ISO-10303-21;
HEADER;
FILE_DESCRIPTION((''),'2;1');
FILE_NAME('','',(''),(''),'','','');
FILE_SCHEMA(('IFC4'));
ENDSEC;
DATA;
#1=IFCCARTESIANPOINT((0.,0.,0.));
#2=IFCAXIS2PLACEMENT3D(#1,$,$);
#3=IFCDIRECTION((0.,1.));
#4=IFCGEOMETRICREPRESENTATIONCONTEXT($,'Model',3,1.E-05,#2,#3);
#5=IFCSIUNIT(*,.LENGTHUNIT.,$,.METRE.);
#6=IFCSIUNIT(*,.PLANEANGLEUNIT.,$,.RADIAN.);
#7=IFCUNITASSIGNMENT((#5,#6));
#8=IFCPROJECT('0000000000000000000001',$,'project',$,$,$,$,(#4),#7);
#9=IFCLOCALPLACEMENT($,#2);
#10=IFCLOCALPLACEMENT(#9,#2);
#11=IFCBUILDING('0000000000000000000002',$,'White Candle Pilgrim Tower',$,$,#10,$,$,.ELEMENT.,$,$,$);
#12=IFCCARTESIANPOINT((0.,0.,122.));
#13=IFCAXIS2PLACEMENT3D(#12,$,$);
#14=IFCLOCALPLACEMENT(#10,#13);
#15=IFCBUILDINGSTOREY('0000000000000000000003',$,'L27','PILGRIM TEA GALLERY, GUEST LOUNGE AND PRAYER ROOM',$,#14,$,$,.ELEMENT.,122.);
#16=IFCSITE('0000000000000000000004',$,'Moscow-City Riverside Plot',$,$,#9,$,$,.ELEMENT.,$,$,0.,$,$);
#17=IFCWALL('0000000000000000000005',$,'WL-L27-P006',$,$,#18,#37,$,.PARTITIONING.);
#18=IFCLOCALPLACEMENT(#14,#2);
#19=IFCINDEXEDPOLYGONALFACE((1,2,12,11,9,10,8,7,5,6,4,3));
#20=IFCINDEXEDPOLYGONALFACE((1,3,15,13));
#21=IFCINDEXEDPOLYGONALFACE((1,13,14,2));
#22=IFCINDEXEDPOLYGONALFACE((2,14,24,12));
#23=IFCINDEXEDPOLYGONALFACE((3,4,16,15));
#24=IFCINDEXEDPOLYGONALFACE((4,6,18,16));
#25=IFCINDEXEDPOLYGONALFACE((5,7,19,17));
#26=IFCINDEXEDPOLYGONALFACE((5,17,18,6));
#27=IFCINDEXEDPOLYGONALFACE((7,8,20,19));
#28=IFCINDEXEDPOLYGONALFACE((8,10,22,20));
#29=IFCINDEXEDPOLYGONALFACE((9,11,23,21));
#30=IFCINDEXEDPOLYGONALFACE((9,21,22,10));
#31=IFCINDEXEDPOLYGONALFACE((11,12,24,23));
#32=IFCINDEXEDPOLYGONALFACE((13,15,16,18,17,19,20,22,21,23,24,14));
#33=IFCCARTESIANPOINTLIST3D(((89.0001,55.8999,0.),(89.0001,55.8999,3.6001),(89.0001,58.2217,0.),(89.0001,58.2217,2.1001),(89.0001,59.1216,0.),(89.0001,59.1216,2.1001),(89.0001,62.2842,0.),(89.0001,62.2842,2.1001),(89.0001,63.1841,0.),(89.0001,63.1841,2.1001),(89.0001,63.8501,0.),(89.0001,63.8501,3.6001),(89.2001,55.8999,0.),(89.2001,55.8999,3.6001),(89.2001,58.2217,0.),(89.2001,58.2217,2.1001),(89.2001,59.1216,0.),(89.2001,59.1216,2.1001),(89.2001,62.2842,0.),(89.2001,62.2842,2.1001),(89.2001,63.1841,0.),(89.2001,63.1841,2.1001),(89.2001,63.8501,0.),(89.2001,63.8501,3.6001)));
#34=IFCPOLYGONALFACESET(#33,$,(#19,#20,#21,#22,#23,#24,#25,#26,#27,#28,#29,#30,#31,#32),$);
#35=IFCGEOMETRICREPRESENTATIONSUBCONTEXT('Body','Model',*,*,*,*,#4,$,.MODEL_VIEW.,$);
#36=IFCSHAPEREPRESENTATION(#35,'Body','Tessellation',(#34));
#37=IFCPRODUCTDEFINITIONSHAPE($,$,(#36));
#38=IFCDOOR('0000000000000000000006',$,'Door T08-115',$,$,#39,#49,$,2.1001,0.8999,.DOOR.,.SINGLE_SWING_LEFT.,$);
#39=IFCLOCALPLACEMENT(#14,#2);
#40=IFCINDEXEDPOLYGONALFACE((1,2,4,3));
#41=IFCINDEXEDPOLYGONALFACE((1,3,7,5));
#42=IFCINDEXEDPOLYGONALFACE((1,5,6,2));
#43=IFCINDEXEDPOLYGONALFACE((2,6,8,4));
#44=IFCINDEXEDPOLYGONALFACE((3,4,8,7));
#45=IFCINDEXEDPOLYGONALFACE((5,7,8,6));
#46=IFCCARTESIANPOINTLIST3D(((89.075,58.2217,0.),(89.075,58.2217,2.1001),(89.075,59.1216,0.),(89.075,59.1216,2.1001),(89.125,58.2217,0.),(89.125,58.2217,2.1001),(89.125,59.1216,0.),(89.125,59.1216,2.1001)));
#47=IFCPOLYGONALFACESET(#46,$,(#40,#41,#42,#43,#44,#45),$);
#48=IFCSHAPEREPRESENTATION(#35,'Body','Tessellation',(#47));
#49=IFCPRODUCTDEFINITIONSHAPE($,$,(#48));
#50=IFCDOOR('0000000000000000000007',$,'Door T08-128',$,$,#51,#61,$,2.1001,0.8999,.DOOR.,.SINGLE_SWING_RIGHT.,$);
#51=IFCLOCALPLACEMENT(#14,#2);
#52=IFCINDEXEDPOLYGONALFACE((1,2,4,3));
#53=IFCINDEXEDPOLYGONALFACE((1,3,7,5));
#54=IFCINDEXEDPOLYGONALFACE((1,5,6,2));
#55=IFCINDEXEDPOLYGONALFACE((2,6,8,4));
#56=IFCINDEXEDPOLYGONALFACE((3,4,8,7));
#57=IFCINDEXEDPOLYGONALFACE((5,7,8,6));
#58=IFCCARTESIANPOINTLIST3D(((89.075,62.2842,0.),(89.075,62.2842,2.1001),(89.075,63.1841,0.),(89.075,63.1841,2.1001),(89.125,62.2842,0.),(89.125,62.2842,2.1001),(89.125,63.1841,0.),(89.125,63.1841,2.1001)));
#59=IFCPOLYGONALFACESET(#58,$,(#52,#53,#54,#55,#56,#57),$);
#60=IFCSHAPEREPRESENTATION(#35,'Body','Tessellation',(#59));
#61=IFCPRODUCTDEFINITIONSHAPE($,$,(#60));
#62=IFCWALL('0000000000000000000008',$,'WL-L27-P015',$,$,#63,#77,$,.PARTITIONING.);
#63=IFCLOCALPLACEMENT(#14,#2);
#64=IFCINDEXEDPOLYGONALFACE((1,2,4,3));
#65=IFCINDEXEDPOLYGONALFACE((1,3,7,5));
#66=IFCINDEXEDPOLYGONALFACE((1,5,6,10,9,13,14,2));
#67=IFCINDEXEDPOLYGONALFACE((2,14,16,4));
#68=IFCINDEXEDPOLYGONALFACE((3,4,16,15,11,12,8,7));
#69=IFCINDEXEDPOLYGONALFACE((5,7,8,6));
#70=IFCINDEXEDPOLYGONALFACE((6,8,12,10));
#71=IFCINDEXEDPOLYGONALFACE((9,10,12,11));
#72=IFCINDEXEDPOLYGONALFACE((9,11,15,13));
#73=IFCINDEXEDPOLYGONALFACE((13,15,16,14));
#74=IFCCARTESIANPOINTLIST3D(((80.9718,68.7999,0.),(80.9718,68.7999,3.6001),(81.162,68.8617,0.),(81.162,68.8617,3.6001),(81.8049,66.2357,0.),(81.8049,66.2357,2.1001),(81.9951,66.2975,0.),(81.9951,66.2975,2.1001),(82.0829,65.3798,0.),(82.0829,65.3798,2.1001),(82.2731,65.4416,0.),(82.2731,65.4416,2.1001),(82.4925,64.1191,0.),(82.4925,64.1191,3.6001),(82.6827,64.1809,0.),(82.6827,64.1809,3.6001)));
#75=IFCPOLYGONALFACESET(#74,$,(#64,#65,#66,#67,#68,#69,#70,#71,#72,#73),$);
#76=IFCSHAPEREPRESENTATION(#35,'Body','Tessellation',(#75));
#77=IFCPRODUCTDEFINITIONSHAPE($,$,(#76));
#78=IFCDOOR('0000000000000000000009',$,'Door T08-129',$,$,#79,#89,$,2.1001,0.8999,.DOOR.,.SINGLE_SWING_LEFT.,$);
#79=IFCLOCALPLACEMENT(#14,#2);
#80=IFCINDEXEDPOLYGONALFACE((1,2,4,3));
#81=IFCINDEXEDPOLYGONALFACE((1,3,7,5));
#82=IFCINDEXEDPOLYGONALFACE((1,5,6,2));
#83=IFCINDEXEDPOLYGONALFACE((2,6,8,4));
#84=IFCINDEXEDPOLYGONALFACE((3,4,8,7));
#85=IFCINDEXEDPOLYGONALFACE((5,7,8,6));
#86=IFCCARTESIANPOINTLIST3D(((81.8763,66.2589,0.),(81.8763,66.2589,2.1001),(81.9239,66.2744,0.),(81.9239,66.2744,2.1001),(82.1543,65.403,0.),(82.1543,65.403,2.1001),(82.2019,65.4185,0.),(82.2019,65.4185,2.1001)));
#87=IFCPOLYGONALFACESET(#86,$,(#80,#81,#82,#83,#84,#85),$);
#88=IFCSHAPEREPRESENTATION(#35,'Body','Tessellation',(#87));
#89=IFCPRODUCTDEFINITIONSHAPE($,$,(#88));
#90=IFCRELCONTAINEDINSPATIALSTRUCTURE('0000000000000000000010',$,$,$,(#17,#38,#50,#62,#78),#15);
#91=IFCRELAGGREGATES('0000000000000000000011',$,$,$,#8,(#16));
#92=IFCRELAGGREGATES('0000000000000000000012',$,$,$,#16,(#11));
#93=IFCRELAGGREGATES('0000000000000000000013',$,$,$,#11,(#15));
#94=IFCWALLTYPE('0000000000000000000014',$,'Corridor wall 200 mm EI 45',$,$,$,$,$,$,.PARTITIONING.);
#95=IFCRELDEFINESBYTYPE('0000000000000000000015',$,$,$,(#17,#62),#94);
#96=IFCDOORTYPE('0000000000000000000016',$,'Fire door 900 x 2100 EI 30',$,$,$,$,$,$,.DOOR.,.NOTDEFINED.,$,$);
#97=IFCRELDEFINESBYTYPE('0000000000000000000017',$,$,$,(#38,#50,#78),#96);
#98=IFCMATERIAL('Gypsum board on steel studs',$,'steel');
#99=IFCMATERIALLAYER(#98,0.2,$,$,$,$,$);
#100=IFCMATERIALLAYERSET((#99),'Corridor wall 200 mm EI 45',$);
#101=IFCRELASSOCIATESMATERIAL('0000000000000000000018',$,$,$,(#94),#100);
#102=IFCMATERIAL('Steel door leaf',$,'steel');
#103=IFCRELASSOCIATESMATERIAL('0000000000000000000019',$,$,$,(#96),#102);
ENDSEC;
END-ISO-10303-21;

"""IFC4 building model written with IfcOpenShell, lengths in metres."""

from ifc_helpers import new_model, si_unit, direction, frame, frame_2d, origin, place, context, subcontext, project, spatial, rectangle, extrude, material, layer, layer_set, type_object, element, fill, save


model = new_model("IFC4")

# Units and contexts
model_context = context("Model", 3, precision=1e-05, world=origin(), true_north=direction((0.0, 1.0)))
body_context = subcontext(model_context, "Body", "Model", "MODEL_VIEW")
ifc_project = project(units=[si_unit("LENGTHUNIT", "METRE"), si_unit("PLANEANGLEUNIT", "RADIAN")], contexts=[model_context])

# Site, building, storey
site_placement = place(None, origin())
site = spatial("IfcSite", under=ifc_project, at=site_placement, Name="Moscow-City Riverside Plot", CompositionType="ELEMENT", RefElevation=0.0)
building_placement = place(site_placement, origin())
building = spatial("IfcBuilding", under=site, at=building_placement, Name="White Candle Pilgrim Tower", CompositionType="ELEMENT")
storey_placement = place(building_placement, frame((0.0, 0.0, 122.0)))
storey = spatial("IfcBuildingStorey", under=building, at=storey_placement, Name="L27", Description="PILGRIM TEA GALLERY, GUEST LOUNGE AND PRAYER ROOM", CompositionType="ELEMENT", Elevation=122.0)

# Wall, openings, doors
ifc_material_1 = material(Name="Gypsum board on steel studs", Category="steel")
ifc_layer_1 = layer(ifc_material_1, 0.2)
ifc_layer_set_1 = layer_set([ifc_layer_1], Name="Corridor wall 200 mm EI 45")
wall_type_1 = type_object("IfcWallType", Name="Corridor wall 200 mm EI 45", PredefinedType="PARTITIONING", material=ifc_layer_set_1)
wall_1_placement = place(storey_placement, frame((89.1001, 63.8501, 0.0), z_axis=(0.0, 0.0, 1.0), x_axis=(0.0, -1.0, 0.0)))
wall_1 = element("IfcWall", 1, at=wall_1_placement, inside=storey, type_object=wall_type_1, Name="WL-L27-P006", PredefinedType="PARTITIONING", context=body_context, shape_type="SweptSolid", body=[
    extrude(rectangle(XDim=7.9502, YDim=0.2, at=frame_2d((3.9751, 0.0))), origin(), (0.0, 0.0, 1.0), 3.6001),
])
opening_1_placement = place(wall_1_placement, frame((4.7285, 0.0, 0.0)))
opening_1 = element("IfcOpeningElement", 2, at=opening_1_placement, cuts=wall_1, PredefinedType="OPENING", context=body_context, shape_type="SweptSolid", body=[
    extrude(rectangle(XDim=0.8999, YDim=2.1001, at=frame_2d((0.45, 1.05))), frame((0.0, 0.1099, 0.0), z_axis=(0.0, -1.0, 0.0), x_axis=(1.0, 0.0, 0.0)), (0.0, 0.0, 1.0), 0.22),
])
opening_2_placement = place(wall_1_placement, frame((0.666, 0.0, 0.0)))
opening_2 = element("IfcOpeningElement", 3, at=opening_2_placement, cuts=wall_1, PredefinedType="OPENING", context=body_context, shape_type="SweptSolid", body=[
    extrude(rectangle(XDim=0.8999, YDim=2.1001, at=frame_2d((0.45, 1.05))), frame((0.0, 0.1099, 0.0), z_axis=(0.0, -1.0, 0.0), x_axis=(1.0, 0.0, 0.0)), (0.0, 0.0, 1.0), 0.22),
])
ifc_material_2 = material(Name="Steel door leaf", Category="steel")
door_type = type_object("IfcDoorType", Name="Fire door 900 x 2100 EI 30", OperationType="NOTDEFINED", PredefinedType="DOOR", material=ifc_material_2)
door_1_placement = place(opening_1_placement, origin())
door_1 = element("IfcDoor", 4, at=door_1_placement, inside=storey, type_object=door_type, Name="Door T08-115", OperationType="SINGLE_SWING_LEFT", OverallHeight=2.1001, OverallWidth=0.8999, PredefinedType="DOOR", context=body_context, shape_type="SweptSolid", body=[
    extrude(rectangle(XDim=0.8999, YDim=2.1001, at=frame_2d((0.45, 1.05))), frame((0.0, 0.0249, 0.0), z_axis=(0.0, -1.0, 0.0), x_axis=(1.0, 0.0, 0.0)), (0.0, 0.0, 1.0), 0.05),
])
fill(opening_1, door_1)
door_2_placement = place(opening_2_placement, origin())
door_2 = element("IfcDoor", 5, at=door_2_placement, inside=storey, type_object=door_type, Name="Door T08-128", OperationType="SINGLE_SWING_RIGHT", OverallHeight=2.1001, OverallWidth=0.8999, PredefinedType="DOOR", context=body_context, shape_type="SweptSolid", body=[
    extrude(rectangle(XDim=0.8999, YDim=2.1001, at=frame_2d((0.45, 1.05))), frame((0.0, 0.0249, 0.0), z_axis=(0.0, -1.0, 0.0), x_axis=(1.0, 0.0, 0.0)), (0.0, 0.0, 1.0), 0.05),
])
fill(opening_2, door_2)

# Wall, opening, door
wall_2_placement = place(storey_placement, frame((82.5876, 64.1499, 0.0), z_axis=(0.0, 0.0, 1.0), x_axis=(-0.308986, 0.951067, 0.0)))
wall_2 = element("IfcWall", 6, at=wall_2_placement, inside=storey, type_object=wall_type_1, Name="WL-L27-P015", PredefinedType="PARTITIONING", context=body_context, shape_type="SweptSolid", body=[
    extrude(rectangle(XDim=4.9216, YDim=0.2, at=frame_2d((2.4609, 0.0))), origin(), (0.0, 0.0, 1.0), 3.6001),
])
opening_3_placement = place(wall_2_placement, frame((1.3257, 0.0, 0.0)))
opening_3 = element("IfcOpeningElement", 7, at=opening_3_placement, cuts=wall_2, PredefinedType="OPENING", context=body_context, shape_type="SweptSolid", body=[
    extrude(rectangle(XDim=0.8999, YDim=2.1001, at=frame_2d((0.45, 1.05))), frame((0.0, 0.1099, 0.0), z_axis=(0.0, -1.0, 0.0), x_axis=(1.0, 0.0, 0.0)), (0.0, 0.0, 1.0), 0.22),
])
door_3_placement = place(opening_3_placement, origin())
door_3 = element("IfcDoor", 8, at=door_3_placement, inside=storey, type_object=door_type, Name="Door T08-129", OperationType="SINGLE_SWING_LEFT", OverallHeight=2.1001, OverallWidth=0.8999, PredefinedType="DOOR", context=body_context, shape_type="SweptSolid", body=[
    extrude(rectangle(XDim=0.8999, YDim=2.1001, at=frame_2d((0.45, 1.05))), frame((0.0, 0.0249, 0.0), z_axis=(0.0, -1.0, 0.0), x_axis=(1.0, 0.0, 0.0)), (0.0, 0.0, 1.0), 0.05),
])
fill(opening_3, door_3)

save(model, "model.ifc")
